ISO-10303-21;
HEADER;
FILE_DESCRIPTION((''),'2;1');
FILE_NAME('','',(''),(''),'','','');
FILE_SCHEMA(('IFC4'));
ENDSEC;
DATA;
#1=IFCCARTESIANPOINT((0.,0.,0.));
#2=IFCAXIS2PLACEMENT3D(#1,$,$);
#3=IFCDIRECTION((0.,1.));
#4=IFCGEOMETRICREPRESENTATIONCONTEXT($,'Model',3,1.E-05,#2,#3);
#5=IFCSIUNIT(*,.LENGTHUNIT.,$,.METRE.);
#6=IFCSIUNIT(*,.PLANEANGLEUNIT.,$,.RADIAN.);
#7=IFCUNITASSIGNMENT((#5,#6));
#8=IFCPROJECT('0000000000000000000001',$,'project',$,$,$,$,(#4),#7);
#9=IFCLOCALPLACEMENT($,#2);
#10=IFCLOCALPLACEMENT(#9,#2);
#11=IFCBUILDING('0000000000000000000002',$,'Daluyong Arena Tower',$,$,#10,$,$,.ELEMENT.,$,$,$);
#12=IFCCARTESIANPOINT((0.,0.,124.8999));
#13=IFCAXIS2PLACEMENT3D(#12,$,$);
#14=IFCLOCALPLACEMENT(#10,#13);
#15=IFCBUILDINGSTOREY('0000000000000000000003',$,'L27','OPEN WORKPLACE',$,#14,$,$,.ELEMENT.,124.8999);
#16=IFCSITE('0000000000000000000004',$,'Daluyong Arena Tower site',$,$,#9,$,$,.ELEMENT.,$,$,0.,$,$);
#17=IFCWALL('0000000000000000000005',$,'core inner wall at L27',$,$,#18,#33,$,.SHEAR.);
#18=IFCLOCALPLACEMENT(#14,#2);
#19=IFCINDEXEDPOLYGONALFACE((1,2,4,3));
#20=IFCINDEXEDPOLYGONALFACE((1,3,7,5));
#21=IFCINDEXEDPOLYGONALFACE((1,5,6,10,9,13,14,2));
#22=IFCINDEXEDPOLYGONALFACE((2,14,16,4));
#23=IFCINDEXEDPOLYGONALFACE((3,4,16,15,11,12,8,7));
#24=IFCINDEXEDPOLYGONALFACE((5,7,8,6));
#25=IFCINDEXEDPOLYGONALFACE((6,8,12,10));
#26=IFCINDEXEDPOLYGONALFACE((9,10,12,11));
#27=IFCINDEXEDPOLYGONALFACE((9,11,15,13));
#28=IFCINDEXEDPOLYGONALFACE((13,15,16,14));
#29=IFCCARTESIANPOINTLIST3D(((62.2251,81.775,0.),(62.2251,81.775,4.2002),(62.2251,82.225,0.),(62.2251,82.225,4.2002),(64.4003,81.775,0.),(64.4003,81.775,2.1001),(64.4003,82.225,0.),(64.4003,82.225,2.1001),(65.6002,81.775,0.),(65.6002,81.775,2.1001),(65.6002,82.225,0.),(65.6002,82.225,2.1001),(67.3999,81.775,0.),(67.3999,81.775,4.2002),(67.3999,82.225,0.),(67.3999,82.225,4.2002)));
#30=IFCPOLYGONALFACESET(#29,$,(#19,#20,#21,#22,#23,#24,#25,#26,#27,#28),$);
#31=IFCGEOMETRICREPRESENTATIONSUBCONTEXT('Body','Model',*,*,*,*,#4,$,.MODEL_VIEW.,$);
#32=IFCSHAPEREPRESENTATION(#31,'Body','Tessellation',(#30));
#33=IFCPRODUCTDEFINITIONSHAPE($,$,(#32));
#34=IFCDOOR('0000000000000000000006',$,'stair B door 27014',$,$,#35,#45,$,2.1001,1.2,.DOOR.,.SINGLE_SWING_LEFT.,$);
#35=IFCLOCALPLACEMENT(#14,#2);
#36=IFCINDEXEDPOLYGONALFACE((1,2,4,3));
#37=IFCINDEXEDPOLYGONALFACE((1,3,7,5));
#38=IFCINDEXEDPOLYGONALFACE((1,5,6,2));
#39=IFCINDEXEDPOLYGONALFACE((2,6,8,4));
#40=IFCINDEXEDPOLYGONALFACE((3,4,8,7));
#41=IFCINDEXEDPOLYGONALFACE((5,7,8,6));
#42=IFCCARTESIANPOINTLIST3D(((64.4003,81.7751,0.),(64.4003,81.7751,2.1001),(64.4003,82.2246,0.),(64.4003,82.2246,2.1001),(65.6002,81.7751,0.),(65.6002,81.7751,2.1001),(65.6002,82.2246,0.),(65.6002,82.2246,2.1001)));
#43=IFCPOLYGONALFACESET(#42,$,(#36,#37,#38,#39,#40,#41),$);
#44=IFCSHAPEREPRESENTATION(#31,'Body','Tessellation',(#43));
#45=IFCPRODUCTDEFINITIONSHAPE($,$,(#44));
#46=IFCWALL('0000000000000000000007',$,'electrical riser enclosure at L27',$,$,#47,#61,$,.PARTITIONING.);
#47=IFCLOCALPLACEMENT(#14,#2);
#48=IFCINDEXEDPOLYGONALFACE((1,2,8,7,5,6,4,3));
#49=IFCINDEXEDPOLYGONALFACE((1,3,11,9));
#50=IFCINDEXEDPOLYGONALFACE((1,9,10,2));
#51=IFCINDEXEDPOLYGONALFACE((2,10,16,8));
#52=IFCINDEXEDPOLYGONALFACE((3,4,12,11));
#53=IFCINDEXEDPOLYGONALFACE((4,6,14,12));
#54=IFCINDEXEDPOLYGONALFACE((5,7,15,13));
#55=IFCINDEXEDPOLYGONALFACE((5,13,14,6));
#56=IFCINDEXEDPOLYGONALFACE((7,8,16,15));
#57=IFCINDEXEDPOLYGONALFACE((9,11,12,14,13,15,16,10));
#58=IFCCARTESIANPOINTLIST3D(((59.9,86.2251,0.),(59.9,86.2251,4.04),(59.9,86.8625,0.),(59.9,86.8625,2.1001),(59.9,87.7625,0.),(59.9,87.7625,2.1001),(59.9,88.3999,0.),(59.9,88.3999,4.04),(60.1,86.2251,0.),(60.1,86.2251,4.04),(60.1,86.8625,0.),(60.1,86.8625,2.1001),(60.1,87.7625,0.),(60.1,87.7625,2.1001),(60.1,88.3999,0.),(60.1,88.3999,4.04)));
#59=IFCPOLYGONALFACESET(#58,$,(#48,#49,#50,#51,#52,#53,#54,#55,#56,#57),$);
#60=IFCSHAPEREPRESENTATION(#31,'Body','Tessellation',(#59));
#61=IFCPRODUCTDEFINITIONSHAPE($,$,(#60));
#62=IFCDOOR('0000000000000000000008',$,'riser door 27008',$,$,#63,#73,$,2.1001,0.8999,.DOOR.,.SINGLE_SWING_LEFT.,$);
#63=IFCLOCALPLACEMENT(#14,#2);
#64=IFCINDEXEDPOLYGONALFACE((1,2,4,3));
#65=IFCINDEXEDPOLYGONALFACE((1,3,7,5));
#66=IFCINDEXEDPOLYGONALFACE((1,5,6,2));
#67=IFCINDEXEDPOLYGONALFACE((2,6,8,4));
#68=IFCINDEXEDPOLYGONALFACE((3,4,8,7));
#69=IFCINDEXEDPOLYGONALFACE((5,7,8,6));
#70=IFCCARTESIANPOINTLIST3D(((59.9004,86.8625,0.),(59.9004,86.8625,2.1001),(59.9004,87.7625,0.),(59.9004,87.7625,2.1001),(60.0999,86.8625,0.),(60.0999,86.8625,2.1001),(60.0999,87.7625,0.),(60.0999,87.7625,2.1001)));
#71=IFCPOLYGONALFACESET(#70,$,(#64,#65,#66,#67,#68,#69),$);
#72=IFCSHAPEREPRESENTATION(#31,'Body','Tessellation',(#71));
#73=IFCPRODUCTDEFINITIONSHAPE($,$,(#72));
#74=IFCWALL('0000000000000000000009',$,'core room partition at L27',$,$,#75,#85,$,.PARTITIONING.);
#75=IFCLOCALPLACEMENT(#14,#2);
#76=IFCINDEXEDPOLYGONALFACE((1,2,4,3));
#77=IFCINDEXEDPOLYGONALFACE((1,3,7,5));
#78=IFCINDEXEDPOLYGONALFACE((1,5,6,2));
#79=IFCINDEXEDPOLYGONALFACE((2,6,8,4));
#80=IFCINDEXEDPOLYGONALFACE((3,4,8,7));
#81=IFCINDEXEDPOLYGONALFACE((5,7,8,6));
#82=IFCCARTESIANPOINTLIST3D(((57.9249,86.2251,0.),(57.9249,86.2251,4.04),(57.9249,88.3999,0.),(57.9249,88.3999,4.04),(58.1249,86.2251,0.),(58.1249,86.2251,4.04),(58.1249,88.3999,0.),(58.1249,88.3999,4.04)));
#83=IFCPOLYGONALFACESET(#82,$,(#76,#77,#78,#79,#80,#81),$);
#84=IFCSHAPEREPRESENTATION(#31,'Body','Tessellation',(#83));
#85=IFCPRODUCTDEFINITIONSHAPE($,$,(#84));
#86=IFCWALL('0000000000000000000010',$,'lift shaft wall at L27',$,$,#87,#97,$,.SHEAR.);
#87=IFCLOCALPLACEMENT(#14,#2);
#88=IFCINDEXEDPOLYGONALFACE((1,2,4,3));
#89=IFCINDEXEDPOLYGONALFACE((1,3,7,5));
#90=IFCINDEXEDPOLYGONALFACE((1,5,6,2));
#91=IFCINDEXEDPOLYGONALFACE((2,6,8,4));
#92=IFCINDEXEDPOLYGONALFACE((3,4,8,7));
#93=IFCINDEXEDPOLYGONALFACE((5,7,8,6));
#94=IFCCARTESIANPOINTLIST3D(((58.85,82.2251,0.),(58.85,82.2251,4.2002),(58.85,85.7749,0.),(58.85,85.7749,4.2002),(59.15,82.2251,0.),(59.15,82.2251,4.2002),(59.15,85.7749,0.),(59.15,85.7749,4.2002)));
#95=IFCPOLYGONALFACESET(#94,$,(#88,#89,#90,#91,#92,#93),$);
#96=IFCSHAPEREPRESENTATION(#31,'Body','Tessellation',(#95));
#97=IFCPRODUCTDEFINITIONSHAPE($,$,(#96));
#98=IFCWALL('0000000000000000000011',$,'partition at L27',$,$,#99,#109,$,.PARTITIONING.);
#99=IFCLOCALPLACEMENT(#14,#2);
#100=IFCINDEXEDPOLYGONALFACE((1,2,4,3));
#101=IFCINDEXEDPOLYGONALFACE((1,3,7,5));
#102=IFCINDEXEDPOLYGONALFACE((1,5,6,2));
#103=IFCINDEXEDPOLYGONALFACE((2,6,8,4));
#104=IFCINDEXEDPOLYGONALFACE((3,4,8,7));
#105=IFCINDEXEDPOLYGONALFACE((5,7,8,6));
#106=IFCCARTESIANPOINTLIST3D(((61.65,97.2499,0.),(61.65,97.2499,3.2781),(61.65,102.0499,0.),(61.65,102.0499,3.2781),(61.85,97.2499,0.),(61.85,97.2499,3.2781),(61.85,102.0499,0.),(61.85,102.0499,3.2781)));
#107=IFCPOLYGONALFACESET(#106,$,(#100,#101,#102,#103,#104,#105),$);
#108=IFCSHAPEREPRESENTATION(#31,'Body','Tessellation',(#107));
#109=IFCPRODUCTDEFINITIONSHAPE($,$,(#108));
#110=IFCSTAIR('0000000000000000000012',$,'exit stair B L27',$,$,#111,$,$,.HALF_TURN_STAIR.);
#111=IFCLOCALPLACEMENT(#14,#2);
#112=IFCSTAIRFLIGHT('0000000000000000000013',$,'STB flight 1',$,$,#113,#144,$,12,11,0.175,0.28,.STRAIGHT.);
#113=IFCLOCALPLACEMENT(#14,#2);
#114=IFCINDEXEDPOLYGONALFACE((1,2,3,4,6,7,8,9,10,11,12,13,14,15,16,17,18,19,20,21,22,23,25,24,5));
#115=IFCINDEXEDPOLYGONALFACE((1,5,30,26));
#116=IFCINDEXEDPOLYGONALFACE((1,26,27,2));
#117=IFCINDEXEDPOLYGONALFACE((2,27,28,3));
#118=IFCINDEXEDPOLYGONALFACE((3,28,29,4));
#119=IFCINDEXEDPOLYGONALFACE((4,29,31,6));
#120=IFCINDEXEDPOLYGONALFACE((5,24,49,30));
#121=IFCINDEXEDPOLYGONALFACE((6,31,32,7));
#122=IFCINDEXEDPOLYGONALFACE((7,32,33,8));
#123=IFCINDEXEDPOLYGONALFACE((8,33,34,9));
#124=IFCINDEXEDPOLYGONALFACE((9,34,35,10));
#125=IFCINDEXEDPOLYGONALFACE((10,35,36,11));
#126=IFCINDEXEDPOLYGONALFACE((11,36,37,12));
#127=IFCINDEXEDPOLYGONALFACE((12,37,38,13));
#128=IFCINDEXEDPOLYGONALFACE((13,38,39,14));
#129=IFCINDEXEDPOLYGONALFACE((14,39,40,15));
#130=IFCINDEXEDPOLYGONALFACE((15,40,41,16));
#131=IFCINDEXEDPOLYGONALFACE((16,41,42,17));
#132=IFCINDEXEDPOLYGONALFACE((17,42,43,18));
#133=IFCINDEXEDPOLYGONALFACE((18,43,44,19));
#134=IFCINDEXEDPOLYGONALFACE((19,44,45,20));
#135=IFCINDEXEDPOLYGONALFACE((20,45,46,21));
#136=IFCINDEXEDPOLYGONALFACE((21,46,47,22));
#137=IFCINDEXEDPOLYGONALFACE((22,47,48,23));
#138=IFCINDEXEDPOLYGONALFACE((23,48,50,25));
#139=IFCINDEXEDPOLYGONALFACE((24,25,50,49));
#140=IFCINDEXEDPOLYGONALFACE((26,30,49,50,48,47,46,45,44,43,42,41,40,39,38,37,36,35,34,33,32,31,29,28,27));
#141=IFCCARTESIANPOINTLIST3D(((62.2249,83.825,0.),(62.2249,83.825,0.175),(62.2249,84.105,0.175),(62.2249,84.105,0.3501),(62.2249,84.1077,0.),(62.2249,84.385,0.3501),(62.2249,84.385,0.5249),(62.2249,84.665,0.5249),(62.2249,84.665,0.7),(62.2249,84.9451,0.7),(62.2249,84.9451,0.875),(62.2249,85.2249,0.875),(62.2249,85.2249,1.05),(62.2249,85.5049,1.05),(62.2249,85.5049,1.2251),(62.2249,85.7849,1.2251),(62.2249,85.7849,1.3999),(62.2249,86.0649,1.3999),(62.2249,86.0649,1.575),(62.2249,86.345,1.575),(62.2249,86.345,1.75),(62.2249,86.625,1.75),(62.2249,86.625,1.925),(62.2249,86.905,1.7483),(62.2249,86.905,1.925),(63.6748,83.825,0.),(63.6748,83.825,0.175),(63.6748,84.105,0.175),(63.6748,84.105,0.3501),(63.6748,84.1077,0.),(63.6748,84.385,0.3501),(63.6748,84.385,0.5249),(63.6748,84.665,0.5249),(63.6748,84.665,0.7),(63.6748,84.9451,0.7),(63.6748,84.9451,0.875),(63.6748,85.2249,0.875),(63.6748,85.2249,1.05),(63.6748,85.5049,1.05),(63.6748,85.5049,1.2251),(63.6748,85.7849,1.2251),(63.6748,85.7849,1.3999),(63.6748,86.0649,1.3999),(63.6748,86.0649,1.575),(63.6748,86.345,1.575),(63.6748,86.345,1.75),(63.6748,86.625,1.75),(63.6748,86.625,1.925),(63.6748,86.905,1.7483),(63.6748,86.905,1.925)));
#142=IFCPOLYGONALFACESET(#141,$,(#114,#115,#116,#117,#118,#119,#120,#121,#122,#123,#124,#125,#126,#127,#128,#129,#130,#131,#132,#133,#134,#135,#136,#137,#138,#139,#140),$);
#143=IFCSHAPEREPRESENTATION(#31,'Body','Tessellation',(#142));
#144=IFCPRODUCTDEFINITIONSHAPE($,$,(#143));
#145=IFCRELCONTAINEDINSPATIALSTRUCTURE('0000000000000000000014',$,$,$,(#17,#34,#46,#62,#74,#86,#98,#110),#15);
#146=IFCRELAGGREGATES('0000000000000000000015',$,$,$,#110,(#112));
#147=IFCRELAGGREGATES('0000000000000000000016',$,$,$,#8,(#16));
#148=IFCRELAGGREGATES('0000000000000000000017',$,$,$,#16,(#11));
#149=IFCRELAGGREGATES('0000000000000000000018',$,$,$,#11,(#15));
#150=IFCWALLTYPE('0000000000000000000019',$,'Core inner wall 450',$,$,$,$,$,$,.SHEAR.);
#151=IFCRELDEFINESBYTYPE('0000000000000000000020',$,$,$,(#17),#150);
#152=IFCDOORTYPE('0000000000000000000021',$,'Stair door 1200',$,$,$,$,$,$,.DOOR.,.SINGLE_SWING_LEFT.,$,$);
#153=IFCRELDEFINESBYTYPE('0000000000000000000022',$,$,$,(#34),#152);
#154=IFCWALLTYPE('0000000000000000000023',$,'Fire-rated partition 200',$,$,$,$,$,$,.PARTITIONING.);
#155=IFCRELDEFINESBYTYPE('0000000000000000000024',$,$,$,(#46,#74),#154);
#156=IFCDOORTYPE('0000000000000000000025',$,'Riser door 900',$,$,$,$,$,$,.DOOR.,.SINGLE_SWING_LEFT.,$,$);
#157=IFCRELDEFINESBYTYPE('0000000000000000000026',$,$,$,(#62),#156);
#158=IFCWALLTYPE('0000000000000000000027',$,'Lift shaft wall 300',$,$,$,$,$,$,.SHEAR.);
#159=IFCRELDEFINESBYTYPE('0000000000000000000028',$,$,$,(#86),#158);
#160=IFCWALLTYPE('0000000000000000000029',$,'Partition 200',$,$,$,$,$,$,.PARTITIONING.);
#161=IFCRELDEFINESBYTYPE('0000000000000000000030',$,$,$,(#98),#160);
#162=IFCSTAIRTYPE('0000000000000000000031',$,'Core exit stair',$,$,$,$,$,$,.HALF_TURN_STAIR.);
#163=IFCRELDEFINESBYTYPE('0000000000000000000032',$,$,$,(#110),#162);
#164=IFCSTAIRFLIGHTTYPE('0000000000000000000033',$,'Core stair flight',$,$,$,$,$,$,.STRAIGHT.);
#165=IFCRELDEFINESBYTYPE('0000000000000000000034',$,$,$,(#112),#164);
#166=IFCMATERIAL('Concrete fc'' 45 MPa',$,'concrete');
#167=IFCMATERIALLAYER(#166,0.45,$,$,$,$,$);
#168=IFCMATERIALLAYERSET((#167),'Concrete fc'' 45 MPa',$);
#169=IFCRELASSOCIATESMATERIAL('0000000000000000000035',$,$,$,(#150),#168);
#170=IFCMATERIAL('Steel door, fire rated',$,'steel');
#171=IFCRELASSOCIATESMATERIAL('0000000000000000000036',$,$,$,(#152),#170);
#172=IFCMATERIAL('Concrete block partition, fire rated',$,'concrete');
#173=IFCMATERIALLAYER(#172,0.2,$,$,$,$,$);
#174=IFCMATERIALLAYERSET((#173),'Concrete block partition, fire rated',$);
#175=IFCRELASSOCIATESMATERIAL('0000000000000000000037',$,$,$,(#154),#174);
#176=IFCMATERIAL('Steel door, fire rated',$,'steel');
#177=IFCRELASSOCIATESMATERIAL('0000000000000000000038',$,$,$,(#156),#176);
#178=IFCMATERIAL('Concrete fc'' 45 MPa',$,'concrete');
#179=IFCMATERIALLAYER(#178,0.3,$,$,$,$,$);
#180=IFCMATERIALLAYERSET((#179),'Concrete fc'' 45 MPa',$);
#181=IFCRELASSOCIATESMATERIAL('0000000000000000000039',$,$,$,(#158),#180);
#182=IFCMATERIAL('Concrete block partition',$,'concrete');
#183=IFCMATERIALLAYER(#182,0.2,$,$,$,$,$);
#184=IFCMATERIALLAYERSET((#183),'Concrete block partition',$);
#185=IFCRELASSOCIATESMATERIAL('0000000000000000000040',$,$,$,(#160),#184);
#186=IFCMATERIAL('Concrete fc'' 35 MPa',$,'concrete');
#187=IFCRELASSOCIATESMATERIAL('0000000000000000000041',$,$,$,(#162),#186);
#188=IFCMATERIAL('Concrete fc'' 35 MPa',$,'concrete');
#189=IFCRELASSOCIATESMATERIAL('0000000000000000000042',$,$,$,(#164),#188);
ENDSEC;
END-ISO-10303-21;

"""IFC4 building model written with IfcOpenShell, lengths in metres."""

from ifc_helpers import new_model, si_unit, direction, frame, frame_2d, origin, place, context, subcontext, project, spatial, polyline, rectangle, outline, extrude, material, layer, layer_set, type_object, element, fill, aggregate, save


model = new_model("IFC4")

# Units and contexts
model_context = context("Model", 3, precision=1e-05, world=origin(), true_north=direction((0.0, 1.0)))
body_context = subcontext(model_context, "Body", "Model", "MODEL_VIEW")
ifc_project = project(units=[si_unit("LENGTHUNIT", "METRE"), si_unit("PLANEANGLEUNIT", "RADIAN")], contexts=[model_context])

# Site, building, storey
site_placement = place(None, origin())
site = spatial("IfcSite", under=ifc_project, at=site_placement, Name="Daluyong Arena Tower site", CompositionType="ELEMENT", RefElevation=0.0)
building_placement = place(site_placement, origin())
building = spatial("IfcBuilding", under=site, at=building_placement, Name="Daluyong Arena Tower", CompositionType="ELEMENT")
storey_placement = place(building_placement, frame((0.0, 0.0, 124.8999)))
storey = spatial("IfcBuildingStorey", under=building, at=storey_placement, Name="L27", Description="OPEN WORKPLACE", CompositionType="ELEMENT", Elevation=124.8999)

# Walls, openings, doors
ifc_material_1 = material(Name="Concrete fc' 45 MPa", Category="concrete")
ifc_layer_1 = layer(ifc_material_1, 0.45)
ifc_layer_set_1 = layer_set([ifc_layer_1], Name="Concrete fc' 45 MPa")
wall_type_1 = type_object("IfcWallType", Name="Core inner wall 450", PredefinedType="SHEAR", material=ifc_layer_set_1)
wall_1_placement = place(storey_placement, frame((62.2251, 82.0, 0.0), z_axis=(0.0, 0.0, 1.0), x_axis=(1.0, 0.0, 0.0)))
wall_1 = element("IfcWall", 1, at=wall_1_placement, inside=storey, type_object=wall_type_1, Name="core inner wall at L27", PredefinedType="SHEAR", context=body_context, shape_type="SweptSolid", body=[
    extrude(rectangle(XDim=5.1748, YDim=0.45, at=frame_2d((2.5874, 0.0))), origin(), (0.0, 0.0, 1.0), 4.2002),
])
opening_1_placement = place(wall_1_placement, frame((2.175, 0.0, 0.0)))
opening_1 = element("IfcOpeningElement", 2, at=opening_1_placement, cuts=wall_1, PredefinedType="OPENING", context=body_context, shape_type="SweptSolid", body=[
    extrude(rectangle(XDim=1.2, YDim=2.1001, at=frame_2d((0.6001, 1.05))), frame((0.0, 0.2349, 0.0), z_axis=(0.0, -1.0, 0.0), x_axis=(1.0, 0.0, 0.0)), (0.0, 0.0, 1.0), 0.47),
])
ifc_material_2 = material(Name="Steel door, fire rated", Category="steel")
door_type_1 = type_object("IfcDoorType", Name="Stair door 1200", OperationType="SINGLE_SWING_LEFT", PredefinedType="DOOR", material=ifc_material_2)
door_1_placement = place(opening_1_placement, origin())
door_1 = element("IfcDoor", 3, at=door_1_placement, inside=storey, type_object=door_type_1, Name="stair B door 27014", OperationType="SINGLE_SWING_LEFT", OverallHeight=2.1001, OverallWidth=1.2, PredefinedType="DOOR", context=body_context, shape_type="SweptSolid", body=[
    extrude(rectangle(XDim=1.2, YDim=2.1001, at=frame_2d((0.6001, 1.05))), frame((0.0, 0.2246, 0.0), z_axis=(0.0, -1.0, 0.0), x_axis=(1.0, 0.0, 0.0)), (0.0, 0.0, 1.0), 0.4495),
])
fill(opening_1, door_1)
ifc_material_3 = material(Name="Concrete block partition, fire rated", Category="concrete")
ifc_layer_2 = layer(ifc_material_3, 0.2)
ifc_layer_set_2 = layer_set([ifc_layer_2], Name="Concrete block partition, fire rated")
wall_type_2 = type_object("IfcWallType", Name="Fire-rated partition 200", PredefinedType="PARTITIONING", material=ifc_layer_set_2)
wall_2_placement = place(storey_placement, frame((60.0, 86.2251, 0.0), z_axis=(0.0, 0.0, 1.0), x_axis=(0.0, 1.0, 0.0)))
wall_2 = element("IfcWall", 4, at=wall_2_placement, inside=storey, type_object=wall_type_2, Name="electrical riser enclosure at L27", PredefinedType="PARTITIONING", context=body_context, shape_type="SweptSolid", body=[
    extrude(rectangle(XDim=2.1748, YDim=0.2, at=frame_2d((1.0874, 0.0))), origin(), (0.0, 0.0, 1.0), 4.04),
])
opening_2_placement = place(wall_2_placement, frame((0.6375, 0.0, 0.0)))
opening_2 = element("IfcOpeningElement", 5, at=opening_2_placement, cuts=wall_2, PredefinedType="OPENING", context=body_context, shape_type="SweptSolid", body=[
    extrude(rectangle(XDim=0.8999, YDim=2.1001, at=frame_2d((0.45, 1.05))), frame((0.0, 0.1099, 0.0), z_axis=(0.0, -1.0, 0.0), x_axis=(1.0, 0.0, 0.0)), (0.0, 0.0, 1.0), 0.22),
])
ifc_material_4 = material(Name="Steel door, fire rated", Category="steel")
door_type_2 = type_object("IfcDoorType", Name="Riser door 900", OperationType="SINGLE_SWING_LEFT", PredefinedType="DOOR", material=ifc_material_4)
door_2_placement = place(opening_2_placement, origin())
door_2 = element("IfcDoor", 6, at=door_2_placement, inside=storey, type_object=door_type_2, Name="riser door 27008", OperationType="SINGLE_SWING_LEFT", OverallHeight=2.1001, OverallWidth=0.8999, PredefinedType="DOOR", context=body_context, shape_type="SweptSolid", body=[
    extrude(rectangle(XDim=0.8999, YDim=2.1001, at=frame_2d((0.45, 1.05))), frame((0.0, 0.0996, 0.0), z_axis=(0.0, -1.0, 0.0), x_axis=(1.0, 0.0, 0.0)), (0.0, 0.0, 1.0), 0.1995),
])
fill(opening_2, door_2)

# Walls
wall_3_placement = place(storey_placement, frame((58.0249, 86.2251, 0.0), z_axis=(0.0, 0.0, 1.0), x_axis=(0.0, 1.0, 0.0)))
element("IfcWall", 7, at=wall_3_placement, inside=storey, type_object=wall_type_2, Name="core room partition at L27", PredefinedType="PARTITIONING", context=body_context, shape_type="SweptSolid", body=[
    extrude(rectangle(XDim=2.1748, YDim=0.2, at=frame_2d((1.0874, 0.0))), origin(), (0.0, 0.0, 1.0), 4.04),
])
ifc_material_5 = material(Name="Concrete fc' 45 MPa", Category="concrete")
ifc_layer_3 = layer(ifc_material_5, 0.3)
ifc_layer_set_3 = layer_set([ifc_layer_3], Name="Concrete fc' 45 MPa")
wall_type_3 = type_object("IfcWallType", Name="Lift shaft wall 300", PredefinedType="SHEAR", material=ifc_layer_set_3)
wall_4_placement = place(storey_placement, frame((59.0, 82.2251, 0.0), z_axis=(0.0, 0.0, 1.0), x_axis=(0.0, 1.0, 0.0)))
element("IfcWall", 8, at=wall_4_placement, inside=storey, type_object=wall_type_3, Name="lift shaft wall at L27", PredefinedType="SHEAR", context=body_context, shape_type="SweptSolid", body=[
    extrude(rectangle(XDim=3.5498, YDim=0.3, at=frame_2d((1.7749, 0.0))), origin(), (0.0, 0.0, 1.0), 4.2002),
])
ifc_material_6 = material(Name="Concrete block partition", Category="concrete")
ifc_layer_4 = layer(ifc_material_6, 0.2)
ifc_layer_set_4 = layer_set([ifc_layer_4], Name="Concrete block partition")
wall_type_4 = type_object("IfcWallType", Name="Partition 200", PredefinedType="PARTITIONING", material=ifc_layer_set_4)
wall_5_placement = place(storey_placement, frame((61.75, 97.25, 0.0), z_axis=(0.0, 0.0, 1.0), x_axis=(0.0, 1.0, 0.0)))
element("IfcWall", 9, at=wall_5_placement, inside=storey, type_object=wall_type_4, Name="partition at L27", PredefinedType="PARTITIONING", context=body_context, shape_type="SweptSolid", body=[
    extrude(rectangle(XDim=4.8, YDim=0.2, at=frame_2d((2.3999, 0.0))), origin(), (0.0, 0.0, 1.0), 3.2781),
])

# Stair, stair flight
ifc_material_7 = material(Name="Concrete fc' 35 MPa", Category="concrete")
stair_type = type_object("IfcStairType", Name="Core exit stair", PredefinedType="HALF_TURN_STAIR", material=ifc_material_7)
stair_placement = place(storey_placement, origin())
stair = element("IfcStair", 10, at=stair_placement, inside=storey, type_object=stair_type, Name="exit stair B L27", PredefinedType="HALF_TURN_STAIR")
ifc_material_8 = material(Name="Concrete fc' 35 MPa", Category="concrete")
stair_flight_type = type_object("IfcStairFlightType", Name="Core stair flight", PredefinedType="STRAIGHT", material=ifc_material_8)
stair_flight_placement = place(storey_placement, frame((62.95, 83.825, 0.0), z_axis=(0.0, 0.0, 1.0), x_axis=(0.0, 1.0, 0.0)))
stair_flight = element("IfcStairFlight", 11, at=stair_flight_placement, type_object=stair_flight_type, Name="STB flight 1", NumberOfRisers=12, NumberOfTreads=11, PredefinedType="STRAIGHT", RiserHeight=0.175, TreadLength=0.28, context=body_context, shape_type="SweptSolid", body=[
    extrude(outline(polyline([(0.0, 0.0), (0.0, 0.175), (0.28, 0.175), (0.28, 0.3501), (0.5601, 0.3501), (0.5601, 0.5249), (0.8401, 0.5249), (0.8401, 0.7), (1.1201, 0.7), (1.1201, 0.875), (1.3999, 0.875), (1.3999, 1.05), (1.6799, 1.05), (1.6799, 1.2251), (1.96, 1.2251), (1.96, 1.3999), (2.24, 1.3999), (2.24, 1.575), (2.52, 1.575), (2.52, 1.75), (2.8, 1.75), (2.8, 1.925), (3.0801, 1.925), (3.0801, 2.1001), (3.0801, 1.7483), (0.2827, 0.0), (0.0, 0.0)])), frame((0.0, 0.7251, 0.0), z_axis=(0.0, -1.0, 0.0), x_axis=(1.0, 0.0, 0.0)), (0.0, 0.0, 1.0), 1.45),
])
aggregate(stair, [stair_flight])

save(model, "model.ifc")
